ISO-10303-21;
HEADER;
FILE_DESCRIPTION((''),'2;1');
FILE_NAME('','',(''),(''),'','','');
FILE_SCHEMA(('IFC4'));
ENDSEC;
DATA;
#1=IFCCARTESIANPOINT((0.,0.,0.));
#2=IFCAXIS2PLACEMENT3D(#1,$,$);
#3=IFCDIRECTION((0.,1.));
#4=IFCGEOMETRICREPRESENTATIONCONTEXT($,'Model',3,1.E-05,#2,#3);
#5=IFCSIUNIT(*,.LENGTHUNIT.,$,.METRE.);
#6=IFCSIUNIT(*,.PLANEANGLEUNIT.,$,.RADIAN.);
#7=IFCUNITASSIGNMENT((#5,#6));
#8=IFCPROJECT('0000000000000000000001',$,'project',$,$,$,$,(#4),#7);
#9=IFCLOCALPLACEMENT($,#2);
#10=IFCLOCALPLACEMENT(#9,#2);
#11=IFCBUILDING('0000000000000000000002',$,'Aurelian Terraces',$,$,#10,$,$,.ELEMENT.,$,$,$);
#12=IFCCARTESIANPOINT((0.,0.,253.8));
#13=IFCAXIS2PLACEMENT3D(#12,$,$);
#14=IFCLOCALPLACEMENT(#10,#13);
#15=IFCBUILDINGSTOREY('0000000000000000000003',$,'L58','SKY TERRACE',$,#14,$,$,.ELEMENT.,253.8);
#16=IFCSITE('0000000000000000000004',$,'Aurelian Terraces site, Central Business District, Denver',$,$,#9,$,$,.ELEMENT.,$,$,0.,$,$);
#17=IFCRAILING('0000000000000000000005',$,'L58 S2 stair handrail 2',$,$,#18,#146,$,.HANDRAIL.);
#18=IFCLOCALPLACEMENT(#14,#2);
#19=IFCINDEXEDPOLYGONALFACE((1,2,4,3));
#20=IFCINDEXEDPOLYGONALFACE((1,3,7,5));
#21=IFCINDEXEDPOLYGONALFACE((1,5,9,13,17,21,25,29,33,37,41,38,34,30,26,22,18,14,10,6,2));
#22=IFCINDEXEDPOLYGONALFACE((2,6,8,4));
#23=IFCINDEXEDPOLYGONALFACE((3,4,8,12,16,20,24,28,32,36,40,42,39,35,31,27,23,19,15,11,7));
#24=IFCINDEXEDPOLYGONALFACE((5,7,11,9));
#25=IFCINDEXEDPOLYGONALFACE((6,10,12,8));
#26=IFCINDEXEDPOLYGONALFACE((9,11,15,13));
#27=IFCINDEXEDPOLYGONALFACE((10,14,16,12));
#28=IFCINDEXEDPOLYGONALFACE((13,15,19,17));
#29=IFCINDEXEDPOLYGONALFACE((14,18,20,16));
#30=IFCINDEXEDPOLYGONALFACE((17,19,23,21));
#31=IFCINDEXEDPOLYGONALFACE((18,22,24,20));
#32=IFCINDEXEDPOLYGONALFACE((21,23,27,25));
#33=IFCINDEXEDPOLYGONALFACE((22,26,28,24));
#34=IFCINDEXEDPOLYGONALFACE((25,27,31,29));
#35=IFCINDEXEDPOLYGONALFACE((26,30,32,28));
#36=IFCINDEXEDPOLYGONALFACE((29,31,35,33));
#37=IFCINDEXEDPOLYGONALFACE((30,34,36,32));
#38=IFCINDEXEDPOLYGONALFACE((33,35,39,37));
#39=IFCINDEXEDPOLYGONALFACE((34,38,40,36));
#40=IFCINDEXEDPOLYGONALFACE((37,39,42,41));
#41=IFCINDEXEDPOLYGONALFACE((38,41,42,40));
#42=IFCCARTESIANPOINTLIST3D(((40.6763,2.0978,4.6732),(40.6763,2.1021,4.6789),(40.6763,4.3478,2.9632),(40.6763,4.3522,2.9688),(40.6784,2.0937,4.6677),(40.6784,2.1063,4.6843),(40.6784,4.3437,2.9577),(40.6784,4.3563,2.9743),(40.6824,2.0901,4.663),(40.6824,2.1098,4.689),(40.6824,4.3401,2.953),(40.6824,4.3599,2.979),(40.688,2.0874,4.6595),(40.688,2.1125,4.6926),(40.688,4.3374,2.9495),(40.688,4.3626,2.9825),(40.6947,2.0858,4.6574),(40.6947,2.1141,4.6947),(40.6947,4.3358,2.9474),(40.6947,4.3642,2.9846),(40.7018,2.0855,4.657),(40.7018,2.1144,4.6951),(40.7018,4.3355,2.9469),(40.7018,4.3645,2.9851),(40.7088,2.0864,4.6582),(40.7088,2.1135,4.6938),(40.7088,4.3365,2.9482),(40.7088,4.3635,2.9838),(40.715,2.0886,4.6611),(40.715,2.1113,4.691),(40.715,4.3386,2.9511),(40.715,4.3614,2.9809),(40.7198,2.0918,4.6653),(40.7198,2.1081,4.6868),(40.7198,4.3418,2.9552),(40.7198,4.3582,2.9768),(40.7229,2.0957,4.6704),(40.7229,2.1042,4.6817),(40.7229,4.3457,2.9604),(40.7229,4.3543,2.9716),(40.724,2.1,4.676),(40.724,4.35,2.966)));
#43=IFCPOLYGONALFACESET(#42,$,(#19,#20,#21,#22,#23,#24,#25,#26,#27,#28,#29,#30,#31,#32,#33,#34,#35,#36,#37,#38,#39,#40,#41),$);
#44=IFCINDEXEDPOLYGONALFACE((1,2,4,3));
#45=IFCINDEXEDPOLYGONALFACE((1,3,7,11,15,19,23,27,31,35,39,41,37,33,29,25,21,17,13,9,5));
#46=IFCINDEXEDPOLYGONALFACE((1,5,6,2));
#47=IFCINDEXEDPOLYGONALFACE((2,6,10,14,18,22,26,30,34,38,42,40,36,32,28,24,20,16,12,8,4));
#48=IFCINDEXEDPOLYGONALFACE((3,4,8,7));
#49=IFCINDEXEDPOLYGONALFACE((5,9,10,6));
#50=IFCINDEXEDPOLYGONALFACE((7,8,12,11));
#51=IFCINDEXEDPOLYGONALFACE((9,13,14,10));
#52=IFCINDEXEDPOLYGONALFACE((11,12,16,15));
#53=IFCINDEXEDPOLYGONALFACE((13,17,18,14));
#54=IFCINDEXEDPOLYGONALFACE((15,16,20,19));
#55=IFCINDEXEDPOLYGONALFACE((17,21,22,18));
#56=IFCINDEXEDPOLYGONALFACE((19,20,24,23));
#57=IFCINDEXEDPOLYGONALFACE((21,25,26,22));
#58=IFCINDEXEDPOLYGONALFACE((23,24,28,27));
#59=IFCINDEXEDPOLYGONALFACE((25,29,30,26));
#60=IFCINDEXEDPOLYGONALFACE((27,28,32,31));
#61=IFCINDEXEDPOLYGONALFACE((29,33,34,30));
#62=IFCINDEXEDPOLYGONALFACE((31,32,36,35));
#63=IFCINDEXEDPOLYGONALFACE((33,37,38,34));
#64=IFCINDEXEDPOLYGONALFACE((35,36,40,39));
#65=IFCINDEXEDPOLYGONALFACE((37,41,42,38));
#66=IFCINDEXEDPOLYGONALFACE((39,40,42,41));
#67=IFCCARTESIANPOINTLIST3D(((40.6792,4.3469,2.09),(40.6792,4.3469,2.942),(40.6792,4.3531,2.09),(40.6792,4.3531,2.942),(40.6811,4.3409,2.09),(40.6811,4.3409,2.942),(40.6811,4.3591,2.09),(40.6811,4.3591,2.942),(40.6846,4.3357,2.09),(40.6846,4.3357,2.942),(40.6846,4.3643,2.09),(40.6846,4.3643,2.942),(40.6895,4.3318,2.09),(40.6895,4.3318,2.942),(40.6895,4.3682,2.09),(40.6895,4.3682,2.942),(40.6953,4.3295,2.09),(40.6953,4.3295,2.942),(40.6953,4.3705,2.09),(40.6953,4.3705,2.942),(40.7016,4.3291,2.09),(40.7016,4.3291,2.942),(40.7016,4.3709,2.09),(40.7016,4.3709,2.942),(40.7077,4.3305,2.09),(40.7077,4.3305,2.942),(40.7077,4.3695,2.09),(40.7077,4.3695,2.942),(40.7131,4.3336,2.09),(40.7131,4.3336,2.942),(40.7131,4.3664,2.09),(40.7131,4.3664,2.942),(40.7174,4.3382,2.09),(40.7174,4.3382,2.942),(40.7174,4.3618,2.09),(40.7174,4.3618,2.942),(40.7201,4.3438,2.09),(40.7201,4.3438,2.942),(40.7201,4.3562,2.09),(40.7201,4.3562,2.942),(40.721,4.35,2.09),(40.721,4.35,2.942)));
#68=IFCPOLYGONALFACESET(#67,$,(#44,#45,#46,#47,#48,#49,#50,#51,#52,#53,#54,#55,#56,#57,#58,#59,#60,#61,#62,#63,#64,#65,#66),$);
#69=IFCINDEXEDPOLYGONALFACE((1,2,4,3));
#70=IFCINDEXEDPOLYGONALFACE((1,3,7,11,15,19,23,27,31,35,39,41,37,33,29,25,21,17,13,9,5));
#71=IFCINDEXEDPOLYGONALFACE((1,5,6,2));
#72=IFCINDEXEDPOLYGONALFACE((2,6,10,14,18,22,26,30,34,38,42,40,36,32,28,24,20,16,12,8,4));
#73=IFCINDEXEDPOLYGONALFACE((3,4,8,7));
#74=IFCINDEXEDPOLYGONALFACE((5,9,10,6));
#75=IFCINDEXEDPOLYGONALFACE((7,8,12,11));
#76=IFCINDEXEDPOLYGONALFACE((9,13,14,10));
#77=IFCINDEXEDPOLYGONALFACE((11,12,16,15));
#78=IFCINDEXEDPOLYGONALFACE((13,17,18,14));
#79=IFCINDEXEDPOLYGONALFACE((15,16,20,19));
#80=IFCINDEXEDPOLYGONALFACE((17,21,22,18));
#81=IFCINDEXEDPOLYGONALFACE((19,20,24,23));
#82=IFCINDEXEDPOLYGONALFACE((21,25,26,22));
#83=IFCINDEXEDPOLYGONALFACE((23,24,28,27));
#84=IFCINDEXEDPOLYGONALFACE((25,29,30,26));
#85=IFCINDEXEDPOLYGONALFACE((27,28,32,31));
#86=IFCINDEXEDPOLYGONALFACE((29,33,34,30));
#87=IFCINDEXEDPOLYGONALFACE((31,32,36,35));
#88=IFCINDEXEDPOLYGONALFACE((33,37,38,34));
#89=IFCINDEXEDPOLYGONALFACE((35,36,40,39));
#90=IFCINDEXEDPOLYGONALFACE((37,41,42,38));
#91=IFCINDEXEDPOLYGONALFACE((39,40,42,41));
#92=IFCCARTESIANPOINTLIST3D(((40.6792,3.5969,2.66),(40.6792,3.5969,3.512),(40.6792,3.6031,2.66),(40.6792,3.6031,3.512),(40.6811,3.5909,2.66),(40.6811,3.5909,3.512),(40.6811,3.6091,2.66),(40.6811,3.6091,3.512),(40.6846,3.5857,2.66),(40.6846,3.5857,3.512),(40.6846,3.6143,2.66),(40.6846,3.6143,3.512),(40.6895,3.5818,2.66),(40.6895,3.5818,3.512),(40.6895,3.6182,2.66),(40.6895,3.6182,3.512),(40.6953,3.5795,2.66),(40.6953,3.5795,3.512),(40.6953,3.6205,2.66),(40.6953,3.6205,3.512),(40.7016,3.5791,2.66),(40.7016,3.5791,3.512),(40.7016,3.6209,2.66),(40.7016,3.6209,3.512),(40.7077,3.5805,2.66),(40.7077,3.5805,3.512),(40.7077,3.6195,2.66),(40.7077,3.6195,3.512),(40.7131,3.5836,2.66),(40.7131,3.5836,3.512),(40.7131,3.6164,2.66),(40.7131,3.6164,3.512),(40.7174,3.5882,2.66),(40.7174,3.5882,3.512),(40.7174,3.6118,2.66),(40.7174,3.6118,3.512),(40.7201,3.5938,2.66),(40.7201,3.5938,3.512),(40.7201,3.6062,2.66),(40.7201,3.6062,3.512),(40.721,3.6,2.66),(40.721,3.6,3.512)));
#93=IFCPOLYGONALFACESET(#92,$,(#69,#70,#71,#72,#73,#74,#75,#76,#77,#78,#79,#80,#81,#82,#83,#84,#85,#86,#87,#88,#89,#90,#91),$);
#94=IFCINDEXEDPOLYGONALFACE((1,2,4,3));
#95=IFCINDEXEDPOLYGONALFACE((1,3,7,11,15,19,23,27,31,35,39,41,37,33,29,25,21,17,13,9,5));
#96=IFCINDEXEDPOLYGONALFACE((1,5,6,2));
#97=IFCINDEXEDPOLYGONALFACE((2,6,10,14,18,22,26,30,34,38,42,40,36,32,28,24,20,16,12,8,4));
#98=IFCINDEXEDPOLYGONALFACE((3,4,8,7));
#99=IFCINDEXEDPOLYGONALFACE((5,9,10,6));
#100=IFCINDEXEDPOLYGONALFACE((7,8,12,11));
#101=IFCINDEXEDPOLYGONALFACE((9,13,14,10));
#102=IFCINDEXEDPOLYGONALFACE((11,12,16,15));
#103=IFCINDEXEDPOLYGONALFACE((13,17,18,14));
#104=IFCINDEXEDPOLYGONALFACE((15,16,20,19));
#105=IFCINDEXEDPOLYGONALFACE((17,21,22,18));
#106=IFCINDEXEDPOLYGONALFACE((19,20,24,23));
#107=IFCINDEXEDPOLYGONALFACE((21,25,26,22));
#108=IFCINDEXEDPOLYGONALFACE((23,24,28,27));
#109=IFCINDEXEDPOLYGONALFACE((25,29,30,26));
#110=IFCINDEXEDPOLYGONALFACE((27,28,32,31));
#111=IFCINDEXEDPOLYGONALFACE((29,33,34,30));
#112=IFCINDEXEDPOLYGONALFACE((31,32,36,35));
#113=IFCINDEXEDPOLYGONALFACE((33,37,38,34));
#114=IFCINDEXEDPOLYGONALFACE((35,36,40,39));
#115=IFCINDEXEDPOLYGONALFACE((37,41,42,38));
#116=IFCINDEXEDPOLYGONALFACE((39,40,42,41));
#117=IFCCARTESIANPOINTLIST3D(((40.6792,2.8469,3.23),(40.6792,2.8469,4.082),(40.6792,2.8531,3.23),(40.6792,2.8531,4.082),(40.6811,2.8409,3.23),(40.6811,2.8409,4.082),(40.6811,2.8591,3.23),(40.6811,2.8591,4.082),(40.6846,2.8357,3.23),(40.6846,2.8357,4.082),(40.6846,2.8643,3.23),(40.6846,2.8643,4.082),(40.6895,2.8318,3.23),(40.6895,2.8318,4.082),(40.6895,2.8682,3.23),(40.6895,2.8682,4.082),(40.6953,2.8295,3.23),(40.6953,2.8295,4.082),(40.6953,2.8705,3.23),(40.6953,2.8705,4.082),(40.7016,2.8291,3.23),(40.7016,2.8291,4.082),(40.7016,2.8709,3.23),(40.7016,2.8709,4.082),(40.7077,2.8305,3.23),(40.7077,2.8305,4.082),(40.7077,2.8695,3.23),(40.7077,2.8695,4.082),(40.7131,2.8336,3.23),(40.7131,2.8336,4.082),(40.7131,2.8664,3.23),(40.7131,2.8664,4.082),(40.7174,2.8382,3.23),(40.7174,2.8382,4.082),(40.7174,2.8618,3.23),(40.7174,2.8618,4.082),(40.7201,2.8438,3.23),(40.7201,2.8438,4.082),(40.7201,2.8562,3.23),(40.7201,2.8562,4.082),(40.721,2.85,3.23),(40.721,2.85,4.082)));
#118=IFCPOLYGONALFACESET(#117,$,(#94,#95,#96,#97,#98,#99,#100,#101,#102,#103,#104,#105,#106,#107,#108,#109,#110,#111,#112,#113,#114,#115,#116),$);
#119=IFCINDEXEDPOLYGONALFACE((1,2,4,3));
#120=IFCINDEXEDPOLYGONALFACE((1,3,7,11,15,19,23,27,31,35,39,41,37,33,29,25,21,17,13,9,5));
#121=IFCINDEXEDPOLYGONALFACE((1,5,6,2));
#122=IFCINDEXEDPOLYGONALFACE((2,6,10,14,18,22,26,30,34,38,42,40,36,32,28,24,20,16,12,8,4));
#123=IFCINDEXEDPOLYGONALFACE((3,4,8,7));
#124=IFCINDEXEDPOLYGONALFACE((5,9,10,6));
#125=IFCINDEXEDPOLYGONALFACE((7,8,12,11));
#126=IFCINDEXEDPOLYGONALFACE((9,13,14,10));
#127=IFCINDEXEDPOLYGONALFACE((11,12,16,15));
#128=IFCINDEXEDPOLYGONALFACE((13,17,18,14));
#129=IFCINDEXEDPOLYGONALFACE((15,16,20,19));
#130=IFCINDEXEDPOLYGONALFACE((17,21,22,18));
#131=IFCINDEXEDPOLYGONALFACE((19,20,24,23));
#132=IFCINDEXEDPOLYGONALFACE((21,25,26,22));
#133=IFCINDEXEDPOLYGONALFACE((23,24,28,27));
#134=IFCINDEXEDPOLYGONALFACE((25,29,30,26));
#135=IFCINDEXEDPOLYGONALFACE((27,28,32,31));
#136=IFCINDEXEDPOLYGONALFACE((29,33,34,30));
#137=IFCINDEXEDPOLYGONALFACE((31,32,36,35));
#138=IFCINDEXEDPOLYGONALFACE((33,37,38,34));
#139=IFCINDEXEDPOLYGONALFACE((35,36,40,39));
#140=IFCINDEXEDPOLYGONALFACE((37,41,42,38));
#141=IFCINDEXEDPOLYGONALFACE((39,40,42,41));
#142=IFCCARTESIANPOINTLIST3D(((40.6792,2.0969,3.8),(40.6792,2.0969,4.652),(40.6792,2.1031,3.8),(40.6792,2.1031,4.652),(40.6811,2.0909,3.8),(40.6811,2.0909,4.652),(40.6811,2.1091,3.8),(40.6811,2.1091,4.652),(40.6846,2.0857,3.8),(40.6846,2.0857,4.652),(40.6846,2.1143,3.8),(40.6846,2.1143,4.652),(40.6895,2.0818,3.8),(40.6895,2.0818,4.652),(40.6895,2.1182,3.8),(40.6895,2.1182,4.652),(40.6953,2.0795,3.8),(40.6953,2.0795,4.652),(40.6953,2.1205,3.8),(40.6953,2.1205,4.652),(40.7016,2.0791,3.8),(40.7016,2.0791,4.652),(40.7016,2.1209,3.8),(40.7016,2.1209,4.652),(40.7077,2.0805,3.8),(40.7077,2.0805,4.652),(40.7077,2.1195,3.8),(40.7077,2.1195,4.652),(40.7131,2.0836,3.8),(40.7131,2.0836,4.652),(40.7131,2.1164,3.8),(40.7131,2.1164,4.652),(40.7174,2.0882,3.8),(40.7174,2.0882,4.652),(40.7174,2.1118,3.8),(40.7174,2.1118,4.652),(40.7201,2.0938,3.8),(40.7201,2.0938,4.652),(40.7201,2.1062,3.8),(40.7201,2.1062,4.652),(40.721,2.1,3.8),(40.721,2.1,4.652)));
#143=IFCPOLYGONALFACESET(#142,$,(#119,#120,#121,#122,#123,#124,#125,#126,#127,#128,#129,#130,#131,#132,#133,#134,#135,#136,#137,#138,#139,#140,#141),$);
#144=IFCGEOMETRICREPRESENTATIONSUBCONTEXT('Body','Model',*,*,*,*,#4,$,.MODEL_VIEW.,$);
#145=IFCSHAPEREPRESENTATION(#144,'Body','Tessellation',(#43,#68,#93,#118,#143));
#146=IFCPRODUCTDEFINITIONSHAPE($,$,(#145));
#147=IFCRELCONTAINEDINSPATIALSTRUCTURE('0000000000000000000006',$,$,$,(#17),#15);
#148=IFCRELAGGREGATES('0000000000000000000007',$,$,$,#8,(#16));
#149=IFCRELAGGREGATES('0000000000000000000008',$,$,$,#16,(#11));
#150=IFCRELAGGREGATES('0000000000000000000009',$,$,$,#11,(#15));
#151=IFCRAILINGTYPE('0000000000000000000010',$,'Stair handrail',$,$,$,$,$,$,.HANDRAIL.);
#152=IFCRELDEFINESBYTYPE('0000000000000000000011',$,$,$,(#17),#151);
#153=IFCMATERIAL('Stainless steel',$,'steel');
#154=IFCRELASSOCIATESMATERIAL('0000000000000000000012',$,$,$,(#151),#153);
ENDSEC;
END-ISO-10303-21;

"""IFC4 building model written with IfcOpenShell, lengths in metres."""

from ifc_helpers import new_model, si_unit, direction, frame, origin, origin_2d, place, context, subcontext, project, spatial, circle, extrude, source, transform, mapped, material, type_object, element, save


model = new_model("IFC4")

# Units and contexts
model_context = context("Model", 3, precision=1e-05, world=origin(), true_north=direction((0.0, 1.0)))
body_context = subcontext(model_context, "Body", "Model", "MODEL_VIEW")
ifc_project = project(units=[si_unit("LENGTHUNIT", "METRE"), si_unit("PLANEANGLEUNIT", "RADIAN")], contexts=[model_context])

# Site, building, storey
site_placement = place(None, origin())
site = spatial("IfcSite", under=ifc_project, at=site_placement, Name="Aurelian Terraces site, Central Business District, Denver", CompositionType="ELEMENT", RefElevation=0.0)
building_placement = place(site_placement, origin())
building = spatial("IfcBuilding", under=site, at=building_placement, Name="Aurelian Terraces", CompositionType="ELEMENT")
storey_placement = place(building_placement, frame((0.0, 0.0, 253.8)))
storey = spatial("IfcBuildingStorey", under=building, at=storey_placement, Name="L58", Description="SKY TERRACE", CompositionType="ELEMENT", Elevation=253.8)

# Railing
ifc_material_1 = material(Name="Stainless steel", Category="steel")
railing_type_1 = type_object("IfcRailingType", Name="Stair handrail", PredefinedType="HANDRAIL", material=ifc_material_1)
shared_shape_1 = source(origin(), body_context, "Body", "SweptSolid", [
    extrude(circle(Radius=0.024, at=origin_2d()), frame((0.0, 0.0, 0.876), z_axis=(0.0, -0.796162, 0.605083), x_axis=(1.0, 0.0, 0.0)), (0.0, 0.0, 1.0), 2.8261),
    extrude(circle(Radius=0.021, at=origin_2d()), origin(), (0.0, 0.0, 1.0), 0.852),
    extrude(circle(Radius=0.021, at=origin_2d()), frame((0.0, -0.75, 0.57)), (0.0, 0.0, 1.0), 0.852),
    extrude(circle(Radius=0.021, at=origin_2d()), frame((0.0, -1.5, 1.14)), (0.0, 0.0, 1.0), 0.852),
    extrude(circle(Radius=0.021, at=origin_2d()), frame((0.0, -2.25, 1.71)), (0.0, 0.0, 1.0), 0.852),
])
railing_1_placement = place(storey_placement, frame((40.7, 4.35, 2.09)))
element("IfcRailing", 1, at=railing_1_placement, inside=storey, type_object=railing_type_1, Name="L58 S2 stair handrail 2", PredefinedType="HANDRAIL", context=body_context, shape_type="MappedRepresentation", body=[
    mapped(shared_shape_1, transform((0.0, 0.0, 0.0), scale=1.0)),
])

save(model, "model.ifc")
